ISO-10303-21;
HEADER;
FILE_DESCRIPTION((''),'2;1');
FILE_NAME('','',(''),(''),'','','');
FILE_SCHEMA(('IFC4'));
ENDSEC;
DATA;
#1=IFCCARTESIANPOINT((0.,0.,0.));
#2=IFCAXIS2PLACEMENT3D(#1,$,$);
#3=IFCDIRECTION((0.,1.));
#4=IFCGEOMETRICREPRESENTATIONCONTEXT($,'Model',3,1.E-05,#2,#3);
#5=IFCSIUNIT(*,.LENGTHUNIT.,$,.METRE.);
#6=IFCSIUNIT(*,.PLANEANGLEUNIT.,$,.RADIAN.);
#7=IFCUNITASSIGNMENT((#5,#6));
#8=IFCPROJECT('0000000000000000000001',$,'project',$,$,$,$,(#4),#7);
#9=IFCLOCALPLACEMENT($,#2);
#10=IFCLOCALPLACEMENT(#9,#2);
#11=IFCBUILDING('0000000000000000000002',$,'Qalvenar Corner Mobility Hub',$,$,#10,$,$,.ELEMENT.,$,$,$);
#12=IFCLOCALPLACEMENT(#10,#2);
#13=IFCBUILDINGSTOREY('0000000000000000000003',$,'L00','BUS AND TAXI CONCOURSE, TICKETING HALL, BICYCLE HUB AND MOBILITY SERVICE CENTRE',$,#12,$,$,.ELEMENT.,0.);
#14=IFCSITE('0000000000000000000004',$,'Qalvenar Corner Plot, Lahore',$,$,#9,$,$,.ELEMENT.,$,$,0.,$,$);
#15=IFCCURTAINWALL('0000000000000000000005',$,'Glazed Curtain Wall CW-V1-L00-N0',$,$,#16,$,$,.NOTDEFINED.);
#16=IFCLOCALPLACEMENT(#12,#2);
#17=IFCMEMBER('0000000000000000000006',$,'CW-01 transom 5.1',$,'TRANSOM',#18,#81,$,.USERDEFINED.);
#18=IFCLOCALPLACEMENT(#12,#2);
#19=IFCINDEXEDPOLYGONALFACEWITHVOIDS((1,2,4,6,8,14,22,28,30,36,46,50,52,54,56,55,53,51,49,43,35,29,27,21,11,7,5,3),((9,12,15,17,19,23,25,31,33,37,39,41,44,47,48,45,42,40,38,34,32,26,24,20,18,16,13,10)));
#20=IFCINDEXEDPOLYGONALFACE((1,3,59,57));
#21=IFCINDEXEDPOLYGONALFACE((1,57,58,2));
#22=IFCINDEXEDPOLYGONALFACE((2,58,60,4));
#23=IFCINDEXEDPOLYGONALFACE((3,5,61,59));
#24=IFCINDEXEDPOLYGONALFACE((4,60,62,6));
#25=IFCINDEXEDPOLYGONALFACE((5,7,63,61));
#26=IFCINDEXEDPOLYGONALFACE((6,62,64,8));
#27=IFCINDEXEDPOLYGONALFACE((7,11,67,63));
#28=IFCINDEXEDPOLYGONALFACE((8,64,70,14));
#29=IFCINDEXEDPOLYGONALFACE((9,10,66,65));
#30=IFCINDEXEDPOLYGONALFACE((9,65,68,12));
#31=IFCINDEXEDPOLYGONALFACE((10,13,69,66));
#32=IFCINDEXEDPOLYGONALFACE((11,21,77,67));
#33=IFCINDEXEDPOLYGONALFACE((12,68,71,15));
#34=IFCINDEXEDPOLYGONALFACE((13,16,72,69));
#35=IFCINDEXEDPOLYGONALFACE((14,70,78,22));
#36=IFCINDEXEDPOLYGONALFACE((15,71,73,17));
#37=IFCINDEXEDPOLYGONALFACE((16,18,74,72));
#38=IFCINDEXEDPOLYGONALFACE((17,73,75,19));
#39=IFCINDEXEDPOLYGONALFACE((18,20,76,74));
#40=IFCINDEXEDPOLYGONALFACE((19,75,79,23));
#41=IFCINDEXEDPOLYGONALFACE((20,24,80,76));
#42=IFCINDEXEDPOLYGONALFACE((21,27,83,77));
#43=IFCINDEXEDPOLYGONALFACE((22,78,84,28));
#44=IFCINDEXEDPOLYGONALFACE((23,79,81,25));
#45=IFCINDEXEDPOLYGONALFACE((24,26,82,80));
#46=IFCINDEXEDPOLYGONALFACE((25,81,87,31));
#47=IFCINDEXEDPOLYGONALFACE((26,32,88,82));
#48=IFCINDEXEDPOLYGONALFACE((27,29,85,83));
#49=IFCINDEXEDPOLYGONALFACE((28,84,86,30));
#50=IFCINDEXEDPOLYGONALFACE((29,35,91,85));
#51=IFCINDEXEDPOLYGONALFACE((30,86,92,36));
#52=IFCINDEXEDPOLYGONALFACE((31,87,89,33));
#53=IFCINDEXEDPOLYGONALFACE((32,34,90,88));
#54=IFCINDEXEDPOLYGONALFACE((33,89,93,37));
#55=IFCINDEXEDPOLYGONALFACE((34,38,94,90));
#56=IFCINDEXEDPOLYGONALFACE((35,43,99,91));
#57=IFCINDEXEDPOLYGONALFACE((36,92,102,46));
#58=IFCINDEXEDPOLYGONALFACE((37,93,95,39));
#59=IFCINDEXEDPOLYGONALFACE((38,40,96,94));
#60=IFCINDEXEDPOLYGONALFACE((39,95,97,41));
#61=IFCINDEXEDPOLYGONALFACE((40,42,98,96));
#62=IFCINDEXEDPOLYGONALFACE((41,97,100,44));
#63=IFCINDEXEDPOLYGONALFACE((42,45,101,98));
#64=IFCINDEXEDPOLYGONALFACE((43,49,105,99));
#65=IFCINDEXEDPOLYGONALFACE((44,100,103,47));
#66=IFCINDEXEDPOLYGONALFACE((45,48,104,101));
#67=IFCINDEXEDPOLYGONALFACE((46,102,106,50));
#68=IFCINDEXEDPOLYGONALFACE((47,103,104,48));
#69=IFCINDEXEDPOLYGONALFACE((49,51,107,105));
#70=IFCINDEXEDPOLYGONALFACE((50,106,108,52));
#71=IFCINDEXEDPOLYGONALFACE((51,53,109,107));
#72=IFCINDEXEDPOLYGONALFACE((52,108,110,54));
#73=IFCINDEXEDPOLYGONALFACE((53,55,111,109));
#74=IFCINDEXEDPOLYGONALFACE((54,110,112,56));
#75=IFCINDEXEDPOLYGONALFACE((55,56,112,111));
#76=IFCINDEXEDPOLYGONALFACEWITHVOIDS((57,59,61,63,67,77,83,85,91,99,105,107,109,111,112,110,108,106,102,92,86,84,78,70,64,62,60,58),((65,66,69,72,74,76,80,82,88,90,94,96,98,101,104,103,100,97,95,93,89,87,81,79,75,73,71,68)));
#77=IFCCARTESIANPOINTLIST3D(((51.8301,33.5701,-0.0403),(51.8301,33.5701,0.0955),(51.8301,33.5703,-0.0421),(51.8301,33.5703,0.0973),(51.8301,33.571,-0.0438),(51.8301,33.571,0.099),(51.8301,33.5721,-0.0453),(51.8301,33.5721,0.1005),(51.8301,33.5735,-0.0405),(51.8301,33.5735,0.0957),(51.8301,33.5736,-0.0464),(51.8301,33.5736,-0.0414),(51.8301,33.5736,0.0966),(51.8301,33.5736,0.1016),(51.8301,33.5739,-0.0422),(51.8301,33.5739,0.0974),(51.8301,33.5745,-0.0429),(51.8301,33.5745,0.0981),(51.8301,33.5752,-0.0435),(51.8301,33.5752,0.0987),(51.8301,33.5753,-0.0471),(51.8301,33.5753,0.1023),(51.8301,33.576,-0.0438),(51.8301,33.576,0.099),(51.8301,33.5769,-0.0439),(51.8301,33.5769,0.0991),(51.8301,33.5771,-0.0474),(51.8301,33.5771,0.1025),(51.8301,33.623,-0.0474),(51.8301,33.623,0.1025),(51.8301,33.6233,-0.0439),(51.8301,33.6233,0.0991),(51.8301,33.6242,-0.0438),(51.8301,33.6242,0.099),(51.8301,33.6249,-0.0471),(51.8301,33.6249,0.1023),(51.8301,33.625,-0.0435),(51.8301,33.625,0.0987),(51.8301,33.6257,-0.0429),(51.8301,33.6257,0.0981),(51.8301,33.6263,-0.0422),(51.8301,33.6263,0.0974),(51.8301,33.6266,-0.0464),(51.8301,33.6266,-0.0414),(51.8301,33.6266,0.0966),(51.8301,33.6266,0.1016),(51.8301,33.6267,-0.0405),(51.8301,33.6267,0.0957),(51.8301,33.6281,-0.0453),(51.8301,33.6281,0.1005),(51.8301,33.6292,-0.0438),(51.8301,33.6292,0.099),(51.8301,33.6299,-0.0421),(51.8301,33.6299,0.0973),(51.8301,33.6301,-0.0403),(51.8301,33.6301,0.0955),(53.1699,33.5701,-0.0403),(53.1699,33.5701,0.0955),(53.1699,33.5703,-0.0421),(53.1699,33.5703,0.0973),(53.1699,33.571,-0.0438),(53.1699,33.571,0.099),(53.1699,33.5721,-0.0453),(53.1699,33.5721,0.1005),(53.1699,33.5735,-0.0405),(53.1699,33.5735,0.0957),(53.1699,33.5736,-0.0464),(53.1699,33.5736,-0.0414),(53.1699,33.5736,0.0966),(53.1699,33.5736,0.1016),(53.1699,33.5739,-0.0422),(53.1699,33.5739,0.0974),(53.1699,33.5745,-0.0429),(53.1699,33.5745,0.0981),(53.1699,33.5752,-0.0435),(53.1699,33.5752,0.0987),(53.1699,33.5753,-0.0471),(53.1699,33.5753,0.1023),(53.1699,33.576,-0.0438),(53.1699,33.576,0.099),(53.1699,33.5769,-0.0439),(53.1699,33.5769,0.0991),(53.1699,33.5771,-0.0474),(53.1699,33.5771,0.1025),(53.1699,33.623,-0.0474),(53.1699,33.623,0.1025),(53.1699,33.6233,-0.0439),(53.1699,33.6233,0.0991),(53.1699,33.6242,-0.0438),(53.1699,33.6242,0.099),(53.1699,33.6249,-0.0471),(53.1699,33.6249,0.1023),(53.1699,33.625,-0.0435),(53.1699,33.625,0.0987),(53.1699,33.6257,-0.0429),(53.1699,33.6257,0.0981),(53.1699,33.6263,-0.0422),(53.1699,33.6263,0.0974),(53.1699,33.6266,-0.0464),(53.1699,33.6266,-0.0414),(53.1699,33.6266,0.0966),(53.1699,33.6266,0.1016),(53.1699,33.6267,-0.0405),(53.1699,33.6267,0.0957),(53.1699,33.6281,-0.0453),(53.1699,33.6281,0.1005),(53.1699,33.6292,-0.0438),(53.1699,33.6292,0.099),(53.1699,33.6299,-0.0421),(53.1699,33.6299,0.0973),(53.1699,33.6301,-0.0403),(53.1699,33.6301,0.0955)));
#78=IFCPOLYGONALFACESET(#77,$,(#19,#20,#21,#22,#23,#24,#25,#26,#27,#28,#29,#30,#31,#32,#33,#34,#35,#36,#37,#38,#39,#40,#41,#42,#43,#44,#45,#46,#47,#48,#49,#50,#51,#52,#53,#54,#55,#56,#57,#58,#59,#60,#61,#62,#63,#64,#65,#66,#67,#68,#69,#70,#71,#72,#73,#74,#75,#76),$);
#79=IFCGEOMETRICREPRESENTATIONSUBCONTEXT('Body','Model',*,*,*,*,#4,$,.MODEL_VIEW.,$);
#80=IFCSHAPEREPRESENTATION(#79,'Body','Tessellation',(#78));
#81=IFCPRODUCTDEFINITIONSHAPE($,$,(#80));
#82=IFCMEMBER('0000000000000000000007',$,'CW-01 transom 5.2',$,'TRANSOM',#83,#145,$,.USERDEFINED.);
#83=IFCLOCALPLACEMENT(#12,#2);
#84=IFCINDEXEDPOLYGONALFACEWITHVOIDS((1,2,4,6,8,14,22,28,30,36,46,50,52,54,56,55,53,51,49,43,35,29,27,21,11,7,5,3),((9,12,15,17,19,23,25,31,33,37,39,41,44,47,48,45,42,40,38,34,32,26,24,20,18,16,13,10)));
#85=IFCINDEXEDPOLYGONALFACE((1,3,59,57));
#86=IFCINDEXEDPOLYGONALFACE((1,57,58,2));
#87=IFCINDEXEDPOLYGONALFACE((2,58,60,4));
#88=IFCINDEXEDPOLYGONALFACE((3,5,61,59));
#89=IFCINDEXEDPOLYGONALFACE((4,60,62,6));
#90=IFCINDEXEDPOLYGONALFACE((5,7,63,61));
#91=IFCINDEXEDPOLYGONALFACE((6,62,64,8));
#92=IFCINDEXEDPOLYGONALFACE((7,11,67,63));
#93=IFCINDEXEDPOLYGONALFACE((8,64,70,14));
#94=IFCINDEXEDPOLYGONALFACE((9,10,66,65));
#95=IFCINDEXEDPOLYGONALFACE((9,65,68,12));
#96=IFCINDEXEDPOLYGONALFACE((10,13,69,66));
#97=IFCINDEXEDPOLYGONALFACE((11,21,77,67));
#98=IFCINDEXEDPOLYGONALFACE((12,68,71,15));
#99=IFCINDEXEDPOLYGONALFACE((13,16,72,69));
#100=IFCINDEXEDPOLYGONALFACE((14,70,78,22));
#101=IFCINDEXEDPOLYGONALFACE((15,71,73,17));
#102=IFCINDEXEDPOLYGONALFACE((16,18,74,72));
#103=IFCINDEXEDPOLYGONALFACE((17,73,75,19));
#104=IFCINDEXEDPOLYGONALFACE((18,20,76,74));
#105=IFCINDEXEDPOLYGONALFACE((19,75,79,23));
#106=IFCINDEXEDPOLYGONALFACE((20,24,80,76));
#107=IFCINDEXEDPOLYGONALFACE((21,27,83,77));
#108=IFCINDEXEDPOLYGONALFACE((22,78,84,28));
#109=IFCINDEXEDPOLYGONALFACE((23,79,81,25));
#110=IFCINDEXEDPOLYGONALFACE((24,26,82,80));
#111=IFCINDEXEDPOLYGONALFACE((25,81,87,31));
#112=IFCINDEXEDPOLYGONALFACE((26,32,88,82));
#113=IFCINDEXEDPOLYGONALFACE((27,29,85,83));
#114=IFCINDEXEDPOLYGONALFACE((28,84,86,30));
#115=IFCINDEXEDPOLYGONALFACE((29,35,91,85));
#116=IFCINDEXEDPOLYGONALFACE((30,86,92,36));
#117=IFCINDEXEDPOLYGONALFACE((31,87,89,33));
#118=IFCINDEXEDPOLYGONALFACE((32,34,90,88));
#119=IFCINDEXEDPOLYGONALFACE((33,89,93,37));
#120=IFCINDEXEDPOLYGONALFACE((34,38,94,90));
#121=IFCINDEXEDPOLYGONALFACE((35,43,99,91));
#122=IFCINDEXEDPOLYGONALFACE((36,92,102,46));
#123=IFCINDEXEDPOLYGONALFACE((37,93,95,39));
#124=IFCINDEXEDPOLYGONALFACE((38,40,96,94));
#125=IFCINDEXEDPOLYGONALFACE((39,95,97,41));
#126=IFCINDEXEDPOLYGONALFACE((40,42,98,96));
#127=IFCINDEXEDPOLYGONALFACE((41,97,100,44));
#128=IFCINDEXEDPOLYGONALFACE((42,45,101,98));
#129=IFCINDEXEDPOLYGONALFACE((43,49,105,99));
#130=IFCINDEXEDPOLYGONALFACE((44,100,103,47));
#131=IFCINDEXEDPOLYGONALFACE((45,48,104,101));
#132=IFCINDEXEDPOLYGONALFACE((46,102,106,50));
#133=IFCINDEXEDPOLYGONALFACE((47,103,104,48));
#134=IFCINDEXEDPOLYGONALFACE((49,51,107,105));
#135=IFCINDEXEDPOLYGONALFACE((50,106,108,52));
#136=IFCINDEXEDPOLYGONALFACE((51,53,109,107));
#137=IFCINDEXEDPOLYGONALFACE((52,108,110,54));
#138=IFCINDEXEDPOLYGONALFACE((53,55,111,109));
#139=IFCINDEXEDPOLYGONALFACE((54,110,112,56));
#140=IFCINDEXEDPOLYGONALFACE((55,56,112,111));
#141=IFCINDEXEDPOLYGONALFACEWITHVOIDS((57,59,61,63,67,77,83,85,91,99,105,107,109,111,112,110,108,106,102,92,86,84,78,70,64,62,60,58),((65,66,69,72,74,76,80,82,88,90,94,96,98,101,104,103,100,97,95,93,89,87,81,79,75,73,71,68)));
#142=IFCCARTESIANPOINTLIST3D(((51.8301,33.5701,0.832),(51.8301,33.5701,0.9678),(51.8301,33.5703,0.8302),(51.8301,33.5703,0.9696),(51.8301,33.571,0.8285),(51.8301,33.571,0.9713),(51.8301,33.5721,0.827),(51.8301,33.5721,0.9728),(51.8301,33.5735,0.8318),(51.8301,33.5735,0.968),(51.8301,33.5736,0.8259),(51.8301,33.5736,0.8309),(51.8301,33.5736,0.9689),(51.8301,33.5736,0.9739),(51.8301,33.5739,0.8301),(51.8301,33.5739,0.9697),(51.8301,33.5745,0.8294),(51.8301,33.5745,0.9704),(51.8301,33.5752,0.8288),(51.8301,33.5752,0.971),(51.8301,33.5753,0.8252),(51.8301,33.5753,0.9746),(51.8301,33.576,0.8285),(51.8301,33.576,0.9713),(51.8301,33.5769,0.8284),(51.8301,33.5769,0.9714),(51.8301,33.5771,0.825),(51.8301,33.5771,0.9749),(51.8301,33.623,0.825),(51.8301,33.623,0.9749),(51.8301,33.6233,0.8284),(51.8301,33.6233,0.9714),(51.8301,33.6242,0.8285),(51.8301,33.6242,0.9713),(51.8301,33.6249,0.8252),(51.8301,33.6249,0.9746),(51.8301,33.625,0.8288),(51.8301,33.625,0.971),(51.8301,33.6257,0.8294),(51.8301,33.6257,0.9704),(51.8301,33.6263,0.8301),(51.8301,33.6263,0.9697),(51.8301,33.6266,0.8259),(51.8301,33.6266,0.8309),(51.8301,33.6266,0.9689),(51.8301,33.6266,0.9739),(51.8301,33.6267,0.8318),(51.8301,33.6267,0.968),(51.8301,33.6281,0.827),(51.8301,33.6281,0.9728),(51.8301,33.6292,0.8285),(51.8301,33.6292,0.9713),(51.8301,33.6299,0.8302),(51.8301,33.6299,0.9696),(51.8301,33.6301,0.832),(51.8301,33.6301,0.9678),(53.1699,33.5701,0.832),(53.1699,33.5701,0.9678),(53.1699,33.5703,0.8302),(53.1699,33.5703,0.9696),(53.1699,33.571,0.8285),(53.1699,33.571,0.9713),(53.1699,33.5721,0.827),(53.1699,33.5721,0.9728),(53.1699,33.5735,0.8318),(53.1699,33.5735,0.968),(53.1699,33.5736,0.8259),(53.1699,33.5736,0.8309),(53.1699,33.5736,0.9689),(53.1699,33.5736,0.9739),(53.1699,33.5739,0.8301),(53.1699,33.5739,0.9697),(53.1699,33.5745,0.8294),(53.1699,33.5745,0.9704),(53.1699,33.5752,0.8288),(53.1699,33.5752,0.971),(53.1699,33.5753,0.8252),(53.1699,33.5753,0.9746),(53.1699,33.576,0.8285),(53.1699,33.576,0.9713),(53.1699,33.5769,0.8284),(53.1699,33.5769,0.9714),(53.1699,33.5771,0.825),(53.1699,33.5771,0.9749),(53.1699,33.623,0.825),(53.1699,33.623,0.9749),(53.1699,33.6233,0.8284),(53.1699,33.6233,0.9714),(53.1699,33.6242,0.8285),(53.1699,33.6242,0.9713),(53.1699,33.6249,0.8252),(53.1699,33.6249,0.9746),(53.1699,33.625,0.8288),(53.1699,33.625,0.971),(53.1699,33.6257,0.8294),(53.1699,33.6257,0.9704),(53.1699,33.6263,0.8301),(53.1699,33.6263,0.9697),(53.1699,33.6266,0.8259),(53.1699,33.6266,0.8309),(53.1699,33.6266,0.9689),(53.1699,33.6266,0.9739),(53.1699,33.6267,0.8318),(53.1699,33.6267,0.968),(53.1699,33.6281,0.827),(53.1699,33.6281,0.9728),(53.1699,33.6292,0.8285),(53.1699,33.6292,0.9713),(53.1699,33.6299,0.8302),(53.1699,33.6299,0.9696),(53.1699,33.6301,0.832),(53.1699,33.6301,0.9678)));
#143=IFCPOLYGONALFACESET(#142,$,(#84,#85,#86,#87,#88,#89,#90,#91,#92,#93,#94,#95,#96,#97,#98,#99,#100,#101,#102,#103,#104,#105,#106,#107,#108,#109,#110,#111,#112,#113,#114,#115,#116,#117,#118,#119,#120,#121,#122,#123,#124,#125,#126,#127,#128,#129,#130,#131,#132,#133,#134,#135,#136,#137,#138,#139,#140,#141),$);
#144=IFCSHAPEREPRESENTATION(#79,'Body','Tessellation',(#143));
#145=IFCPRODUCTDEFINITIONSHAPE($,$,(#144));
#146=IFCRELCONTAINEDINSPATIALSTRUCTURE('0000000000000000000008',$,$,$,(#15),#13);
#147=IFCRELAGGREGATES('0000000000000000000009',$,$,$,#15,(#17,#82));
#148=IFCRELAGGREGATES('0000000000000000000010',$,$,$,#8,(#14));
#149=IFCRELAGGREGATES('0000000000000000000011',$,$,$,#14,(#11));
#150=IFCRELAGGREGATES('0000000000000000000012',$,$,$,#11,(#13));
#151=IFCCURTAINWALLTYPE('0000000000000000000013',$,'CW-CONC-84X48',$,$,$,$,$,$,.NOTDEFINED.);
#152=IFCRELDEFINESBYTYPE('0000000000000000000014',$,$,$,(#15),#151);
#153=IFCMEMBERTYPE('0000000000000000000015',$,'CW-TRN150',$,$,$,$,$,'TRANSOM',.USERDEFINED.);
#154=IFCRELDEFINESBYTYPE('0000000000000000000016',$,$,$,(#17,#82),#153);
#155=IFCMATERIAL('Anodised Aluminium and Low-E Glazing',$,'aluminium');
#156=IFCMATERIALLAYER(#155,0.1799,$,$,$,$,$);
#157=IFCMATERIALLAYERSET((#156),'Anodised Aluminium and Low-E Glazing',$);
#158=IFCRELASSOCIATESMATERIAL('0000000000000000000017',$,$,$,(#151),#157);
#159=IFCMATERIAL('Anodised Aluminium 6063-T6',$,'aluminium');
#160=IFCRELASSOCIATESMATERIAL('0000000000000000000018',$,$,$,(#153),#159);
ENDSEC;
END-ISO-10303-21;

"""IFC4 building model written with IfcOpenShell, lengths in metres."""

from ifc_helpers import new_model, si_unit, direction, frame, origin, origin_2d, place, context, subcontext, project, spatial, hollow_rectangle, extrude, material, layer, layer_set, material_profile, profile_set, type_object, element, aggregate, save


model = new_model("IFC4")

# Units and contexts
model_context = context("Model", 3, precision=1e-05, world=origin(), true_north=direction((0.0, 1.0)))
body_context = subcontext(model_context, "Body", "Model", "MODEL_VIEW")
ifc_project = project(units=[si_unit("LENGTHUNIT", "METRE"), si_unit("PLANEANGLEUNIT", "RADIAN")], contexts=[model_context])

# Site, building, storey
site_placement = place(None, origin())
site = spatial("IfcSite", under=ifc_project, at=site_placement, Name="Qalvenar Corner Plot, Lahore", CompositionType="ELEMENT", RefElevation=0.0)
building_placement = place(site_placement, origin())
building = spatial("IfcBuilding", under=site, at=building_placement, Name="Qalvenar Corner Mobility Hub", CompositionType="ELEMENT")
storey_placement = place(building_placement, origin())
storey = spatial("IfcBuildingStorey", under=building, at=storey_placement, Name="L00", Description="BUS AND TAXI CONCOURSE, TICKETING HALL, BICYCLE HUB AND MOBILITY SERVICE CENTRE", CompositionType="ELEMENT", Elevation=0.0)

# Curtain wall, members
ifc_material_1 = material(Name="Anodised Aluminium and Low-E Glazing", Category="aluminium")
ifc_layer_1 = layer(ifc_material_1, 0.1799)
ifc_layer_set_1 = layer_set([ifc_layer_1], Name="Anodised Aluminium and Low-E Glazing")
curtain_wall_type = type_object("IfcCurtainWallType", Name="CW-CONC-84X48", PredefinedType="NOTDEFINED", material=ifc_layer_set_1)
curtain_wall_placement = place(storey_placement, origin())
curtain_wall = element("IfcCurtainWall", 1, at=curtain_wall_placement, inside=storey, type_object=curtain_wall_type, Name="Glazed Curtain Wall CW-V1-L00-N0", PredefinedType="NOTDEFINED")
ifc_material_2 = material(Name="Anodised Aluminium 6063-T6", Category="aluminium")
ifc_material_profile_1 = material_profile(ifc_material_2, hollow_rectangle(XDim=0.0601, YDim=0.1499, WallThickness=0.0034, InnerFilletRadius=0.0034, OuterFilletRadius=0.0071, at=origin_2d()), Name="RHS150x60x3.5")
ifc_profile_set_1 = profile_set([ifc_material_profile_1], Name="Anodised Aluminium 6063-T6")
member_type_1 = type_object("IfcMemberType", Name="CW-TRN150", ElementType="TRANSOM", PredefinedType="USERDEFINED", material=ifc_profile_set_1)
member_1_placement = place(storey_placement, frame((53.1699, 33.6001, 0.0276), z_axis=(-1.0, 0.0, 0.0), x_axis=(0.0, -1.0, 0.0)))
member_1 = element("IfcMember", 2, at=member_1_placement, type_object=member_type_1, Name="CW-01 transom 5.1", ObjectType="TRANSOM", PredefinedType="USERDEFINED", context=body_context, shape_type="SweptSolid", body=[
    extrude(hollow_rectangle(XDim=0.0601, YDim=0.1499, WallThickness=0.0034, InnerFilletRadius=0.0034, OuterFilletRadius=0.0071, at=origin_2d()), origin(), (0.0, 0.0, 1.0), 1.3398),
])
member_2_placement = place(storey_placement, frame((53.1699, 33.6001, 0.8999), z_axis=(-1.0, 0.0, 0.0), x_axis=(0.0, -1.0, 0.0)))
member_2 = element("IfcMember", 3, at=member_2_placement, type_object=member_type_1, Name="CW-01 transom 5.2", ObjectType="TRANSOM", PredefinedType="USERDEFINED", context=body_context, shape_type="SweptSolid", body=[
    extrude(hollow_rectangle(XDim=0.0601, YDim=0.1499, WallThickness=0.0034, InnerFilletRadius=0.0034, OuterFilletRadius=0.0071, at=origin_2d()), origin(), (0.0, 0.0, 1.0), 1.3398),
])
aggregate(curtain_wall, [member_1, member_2])

save(model, "model.ifc")
